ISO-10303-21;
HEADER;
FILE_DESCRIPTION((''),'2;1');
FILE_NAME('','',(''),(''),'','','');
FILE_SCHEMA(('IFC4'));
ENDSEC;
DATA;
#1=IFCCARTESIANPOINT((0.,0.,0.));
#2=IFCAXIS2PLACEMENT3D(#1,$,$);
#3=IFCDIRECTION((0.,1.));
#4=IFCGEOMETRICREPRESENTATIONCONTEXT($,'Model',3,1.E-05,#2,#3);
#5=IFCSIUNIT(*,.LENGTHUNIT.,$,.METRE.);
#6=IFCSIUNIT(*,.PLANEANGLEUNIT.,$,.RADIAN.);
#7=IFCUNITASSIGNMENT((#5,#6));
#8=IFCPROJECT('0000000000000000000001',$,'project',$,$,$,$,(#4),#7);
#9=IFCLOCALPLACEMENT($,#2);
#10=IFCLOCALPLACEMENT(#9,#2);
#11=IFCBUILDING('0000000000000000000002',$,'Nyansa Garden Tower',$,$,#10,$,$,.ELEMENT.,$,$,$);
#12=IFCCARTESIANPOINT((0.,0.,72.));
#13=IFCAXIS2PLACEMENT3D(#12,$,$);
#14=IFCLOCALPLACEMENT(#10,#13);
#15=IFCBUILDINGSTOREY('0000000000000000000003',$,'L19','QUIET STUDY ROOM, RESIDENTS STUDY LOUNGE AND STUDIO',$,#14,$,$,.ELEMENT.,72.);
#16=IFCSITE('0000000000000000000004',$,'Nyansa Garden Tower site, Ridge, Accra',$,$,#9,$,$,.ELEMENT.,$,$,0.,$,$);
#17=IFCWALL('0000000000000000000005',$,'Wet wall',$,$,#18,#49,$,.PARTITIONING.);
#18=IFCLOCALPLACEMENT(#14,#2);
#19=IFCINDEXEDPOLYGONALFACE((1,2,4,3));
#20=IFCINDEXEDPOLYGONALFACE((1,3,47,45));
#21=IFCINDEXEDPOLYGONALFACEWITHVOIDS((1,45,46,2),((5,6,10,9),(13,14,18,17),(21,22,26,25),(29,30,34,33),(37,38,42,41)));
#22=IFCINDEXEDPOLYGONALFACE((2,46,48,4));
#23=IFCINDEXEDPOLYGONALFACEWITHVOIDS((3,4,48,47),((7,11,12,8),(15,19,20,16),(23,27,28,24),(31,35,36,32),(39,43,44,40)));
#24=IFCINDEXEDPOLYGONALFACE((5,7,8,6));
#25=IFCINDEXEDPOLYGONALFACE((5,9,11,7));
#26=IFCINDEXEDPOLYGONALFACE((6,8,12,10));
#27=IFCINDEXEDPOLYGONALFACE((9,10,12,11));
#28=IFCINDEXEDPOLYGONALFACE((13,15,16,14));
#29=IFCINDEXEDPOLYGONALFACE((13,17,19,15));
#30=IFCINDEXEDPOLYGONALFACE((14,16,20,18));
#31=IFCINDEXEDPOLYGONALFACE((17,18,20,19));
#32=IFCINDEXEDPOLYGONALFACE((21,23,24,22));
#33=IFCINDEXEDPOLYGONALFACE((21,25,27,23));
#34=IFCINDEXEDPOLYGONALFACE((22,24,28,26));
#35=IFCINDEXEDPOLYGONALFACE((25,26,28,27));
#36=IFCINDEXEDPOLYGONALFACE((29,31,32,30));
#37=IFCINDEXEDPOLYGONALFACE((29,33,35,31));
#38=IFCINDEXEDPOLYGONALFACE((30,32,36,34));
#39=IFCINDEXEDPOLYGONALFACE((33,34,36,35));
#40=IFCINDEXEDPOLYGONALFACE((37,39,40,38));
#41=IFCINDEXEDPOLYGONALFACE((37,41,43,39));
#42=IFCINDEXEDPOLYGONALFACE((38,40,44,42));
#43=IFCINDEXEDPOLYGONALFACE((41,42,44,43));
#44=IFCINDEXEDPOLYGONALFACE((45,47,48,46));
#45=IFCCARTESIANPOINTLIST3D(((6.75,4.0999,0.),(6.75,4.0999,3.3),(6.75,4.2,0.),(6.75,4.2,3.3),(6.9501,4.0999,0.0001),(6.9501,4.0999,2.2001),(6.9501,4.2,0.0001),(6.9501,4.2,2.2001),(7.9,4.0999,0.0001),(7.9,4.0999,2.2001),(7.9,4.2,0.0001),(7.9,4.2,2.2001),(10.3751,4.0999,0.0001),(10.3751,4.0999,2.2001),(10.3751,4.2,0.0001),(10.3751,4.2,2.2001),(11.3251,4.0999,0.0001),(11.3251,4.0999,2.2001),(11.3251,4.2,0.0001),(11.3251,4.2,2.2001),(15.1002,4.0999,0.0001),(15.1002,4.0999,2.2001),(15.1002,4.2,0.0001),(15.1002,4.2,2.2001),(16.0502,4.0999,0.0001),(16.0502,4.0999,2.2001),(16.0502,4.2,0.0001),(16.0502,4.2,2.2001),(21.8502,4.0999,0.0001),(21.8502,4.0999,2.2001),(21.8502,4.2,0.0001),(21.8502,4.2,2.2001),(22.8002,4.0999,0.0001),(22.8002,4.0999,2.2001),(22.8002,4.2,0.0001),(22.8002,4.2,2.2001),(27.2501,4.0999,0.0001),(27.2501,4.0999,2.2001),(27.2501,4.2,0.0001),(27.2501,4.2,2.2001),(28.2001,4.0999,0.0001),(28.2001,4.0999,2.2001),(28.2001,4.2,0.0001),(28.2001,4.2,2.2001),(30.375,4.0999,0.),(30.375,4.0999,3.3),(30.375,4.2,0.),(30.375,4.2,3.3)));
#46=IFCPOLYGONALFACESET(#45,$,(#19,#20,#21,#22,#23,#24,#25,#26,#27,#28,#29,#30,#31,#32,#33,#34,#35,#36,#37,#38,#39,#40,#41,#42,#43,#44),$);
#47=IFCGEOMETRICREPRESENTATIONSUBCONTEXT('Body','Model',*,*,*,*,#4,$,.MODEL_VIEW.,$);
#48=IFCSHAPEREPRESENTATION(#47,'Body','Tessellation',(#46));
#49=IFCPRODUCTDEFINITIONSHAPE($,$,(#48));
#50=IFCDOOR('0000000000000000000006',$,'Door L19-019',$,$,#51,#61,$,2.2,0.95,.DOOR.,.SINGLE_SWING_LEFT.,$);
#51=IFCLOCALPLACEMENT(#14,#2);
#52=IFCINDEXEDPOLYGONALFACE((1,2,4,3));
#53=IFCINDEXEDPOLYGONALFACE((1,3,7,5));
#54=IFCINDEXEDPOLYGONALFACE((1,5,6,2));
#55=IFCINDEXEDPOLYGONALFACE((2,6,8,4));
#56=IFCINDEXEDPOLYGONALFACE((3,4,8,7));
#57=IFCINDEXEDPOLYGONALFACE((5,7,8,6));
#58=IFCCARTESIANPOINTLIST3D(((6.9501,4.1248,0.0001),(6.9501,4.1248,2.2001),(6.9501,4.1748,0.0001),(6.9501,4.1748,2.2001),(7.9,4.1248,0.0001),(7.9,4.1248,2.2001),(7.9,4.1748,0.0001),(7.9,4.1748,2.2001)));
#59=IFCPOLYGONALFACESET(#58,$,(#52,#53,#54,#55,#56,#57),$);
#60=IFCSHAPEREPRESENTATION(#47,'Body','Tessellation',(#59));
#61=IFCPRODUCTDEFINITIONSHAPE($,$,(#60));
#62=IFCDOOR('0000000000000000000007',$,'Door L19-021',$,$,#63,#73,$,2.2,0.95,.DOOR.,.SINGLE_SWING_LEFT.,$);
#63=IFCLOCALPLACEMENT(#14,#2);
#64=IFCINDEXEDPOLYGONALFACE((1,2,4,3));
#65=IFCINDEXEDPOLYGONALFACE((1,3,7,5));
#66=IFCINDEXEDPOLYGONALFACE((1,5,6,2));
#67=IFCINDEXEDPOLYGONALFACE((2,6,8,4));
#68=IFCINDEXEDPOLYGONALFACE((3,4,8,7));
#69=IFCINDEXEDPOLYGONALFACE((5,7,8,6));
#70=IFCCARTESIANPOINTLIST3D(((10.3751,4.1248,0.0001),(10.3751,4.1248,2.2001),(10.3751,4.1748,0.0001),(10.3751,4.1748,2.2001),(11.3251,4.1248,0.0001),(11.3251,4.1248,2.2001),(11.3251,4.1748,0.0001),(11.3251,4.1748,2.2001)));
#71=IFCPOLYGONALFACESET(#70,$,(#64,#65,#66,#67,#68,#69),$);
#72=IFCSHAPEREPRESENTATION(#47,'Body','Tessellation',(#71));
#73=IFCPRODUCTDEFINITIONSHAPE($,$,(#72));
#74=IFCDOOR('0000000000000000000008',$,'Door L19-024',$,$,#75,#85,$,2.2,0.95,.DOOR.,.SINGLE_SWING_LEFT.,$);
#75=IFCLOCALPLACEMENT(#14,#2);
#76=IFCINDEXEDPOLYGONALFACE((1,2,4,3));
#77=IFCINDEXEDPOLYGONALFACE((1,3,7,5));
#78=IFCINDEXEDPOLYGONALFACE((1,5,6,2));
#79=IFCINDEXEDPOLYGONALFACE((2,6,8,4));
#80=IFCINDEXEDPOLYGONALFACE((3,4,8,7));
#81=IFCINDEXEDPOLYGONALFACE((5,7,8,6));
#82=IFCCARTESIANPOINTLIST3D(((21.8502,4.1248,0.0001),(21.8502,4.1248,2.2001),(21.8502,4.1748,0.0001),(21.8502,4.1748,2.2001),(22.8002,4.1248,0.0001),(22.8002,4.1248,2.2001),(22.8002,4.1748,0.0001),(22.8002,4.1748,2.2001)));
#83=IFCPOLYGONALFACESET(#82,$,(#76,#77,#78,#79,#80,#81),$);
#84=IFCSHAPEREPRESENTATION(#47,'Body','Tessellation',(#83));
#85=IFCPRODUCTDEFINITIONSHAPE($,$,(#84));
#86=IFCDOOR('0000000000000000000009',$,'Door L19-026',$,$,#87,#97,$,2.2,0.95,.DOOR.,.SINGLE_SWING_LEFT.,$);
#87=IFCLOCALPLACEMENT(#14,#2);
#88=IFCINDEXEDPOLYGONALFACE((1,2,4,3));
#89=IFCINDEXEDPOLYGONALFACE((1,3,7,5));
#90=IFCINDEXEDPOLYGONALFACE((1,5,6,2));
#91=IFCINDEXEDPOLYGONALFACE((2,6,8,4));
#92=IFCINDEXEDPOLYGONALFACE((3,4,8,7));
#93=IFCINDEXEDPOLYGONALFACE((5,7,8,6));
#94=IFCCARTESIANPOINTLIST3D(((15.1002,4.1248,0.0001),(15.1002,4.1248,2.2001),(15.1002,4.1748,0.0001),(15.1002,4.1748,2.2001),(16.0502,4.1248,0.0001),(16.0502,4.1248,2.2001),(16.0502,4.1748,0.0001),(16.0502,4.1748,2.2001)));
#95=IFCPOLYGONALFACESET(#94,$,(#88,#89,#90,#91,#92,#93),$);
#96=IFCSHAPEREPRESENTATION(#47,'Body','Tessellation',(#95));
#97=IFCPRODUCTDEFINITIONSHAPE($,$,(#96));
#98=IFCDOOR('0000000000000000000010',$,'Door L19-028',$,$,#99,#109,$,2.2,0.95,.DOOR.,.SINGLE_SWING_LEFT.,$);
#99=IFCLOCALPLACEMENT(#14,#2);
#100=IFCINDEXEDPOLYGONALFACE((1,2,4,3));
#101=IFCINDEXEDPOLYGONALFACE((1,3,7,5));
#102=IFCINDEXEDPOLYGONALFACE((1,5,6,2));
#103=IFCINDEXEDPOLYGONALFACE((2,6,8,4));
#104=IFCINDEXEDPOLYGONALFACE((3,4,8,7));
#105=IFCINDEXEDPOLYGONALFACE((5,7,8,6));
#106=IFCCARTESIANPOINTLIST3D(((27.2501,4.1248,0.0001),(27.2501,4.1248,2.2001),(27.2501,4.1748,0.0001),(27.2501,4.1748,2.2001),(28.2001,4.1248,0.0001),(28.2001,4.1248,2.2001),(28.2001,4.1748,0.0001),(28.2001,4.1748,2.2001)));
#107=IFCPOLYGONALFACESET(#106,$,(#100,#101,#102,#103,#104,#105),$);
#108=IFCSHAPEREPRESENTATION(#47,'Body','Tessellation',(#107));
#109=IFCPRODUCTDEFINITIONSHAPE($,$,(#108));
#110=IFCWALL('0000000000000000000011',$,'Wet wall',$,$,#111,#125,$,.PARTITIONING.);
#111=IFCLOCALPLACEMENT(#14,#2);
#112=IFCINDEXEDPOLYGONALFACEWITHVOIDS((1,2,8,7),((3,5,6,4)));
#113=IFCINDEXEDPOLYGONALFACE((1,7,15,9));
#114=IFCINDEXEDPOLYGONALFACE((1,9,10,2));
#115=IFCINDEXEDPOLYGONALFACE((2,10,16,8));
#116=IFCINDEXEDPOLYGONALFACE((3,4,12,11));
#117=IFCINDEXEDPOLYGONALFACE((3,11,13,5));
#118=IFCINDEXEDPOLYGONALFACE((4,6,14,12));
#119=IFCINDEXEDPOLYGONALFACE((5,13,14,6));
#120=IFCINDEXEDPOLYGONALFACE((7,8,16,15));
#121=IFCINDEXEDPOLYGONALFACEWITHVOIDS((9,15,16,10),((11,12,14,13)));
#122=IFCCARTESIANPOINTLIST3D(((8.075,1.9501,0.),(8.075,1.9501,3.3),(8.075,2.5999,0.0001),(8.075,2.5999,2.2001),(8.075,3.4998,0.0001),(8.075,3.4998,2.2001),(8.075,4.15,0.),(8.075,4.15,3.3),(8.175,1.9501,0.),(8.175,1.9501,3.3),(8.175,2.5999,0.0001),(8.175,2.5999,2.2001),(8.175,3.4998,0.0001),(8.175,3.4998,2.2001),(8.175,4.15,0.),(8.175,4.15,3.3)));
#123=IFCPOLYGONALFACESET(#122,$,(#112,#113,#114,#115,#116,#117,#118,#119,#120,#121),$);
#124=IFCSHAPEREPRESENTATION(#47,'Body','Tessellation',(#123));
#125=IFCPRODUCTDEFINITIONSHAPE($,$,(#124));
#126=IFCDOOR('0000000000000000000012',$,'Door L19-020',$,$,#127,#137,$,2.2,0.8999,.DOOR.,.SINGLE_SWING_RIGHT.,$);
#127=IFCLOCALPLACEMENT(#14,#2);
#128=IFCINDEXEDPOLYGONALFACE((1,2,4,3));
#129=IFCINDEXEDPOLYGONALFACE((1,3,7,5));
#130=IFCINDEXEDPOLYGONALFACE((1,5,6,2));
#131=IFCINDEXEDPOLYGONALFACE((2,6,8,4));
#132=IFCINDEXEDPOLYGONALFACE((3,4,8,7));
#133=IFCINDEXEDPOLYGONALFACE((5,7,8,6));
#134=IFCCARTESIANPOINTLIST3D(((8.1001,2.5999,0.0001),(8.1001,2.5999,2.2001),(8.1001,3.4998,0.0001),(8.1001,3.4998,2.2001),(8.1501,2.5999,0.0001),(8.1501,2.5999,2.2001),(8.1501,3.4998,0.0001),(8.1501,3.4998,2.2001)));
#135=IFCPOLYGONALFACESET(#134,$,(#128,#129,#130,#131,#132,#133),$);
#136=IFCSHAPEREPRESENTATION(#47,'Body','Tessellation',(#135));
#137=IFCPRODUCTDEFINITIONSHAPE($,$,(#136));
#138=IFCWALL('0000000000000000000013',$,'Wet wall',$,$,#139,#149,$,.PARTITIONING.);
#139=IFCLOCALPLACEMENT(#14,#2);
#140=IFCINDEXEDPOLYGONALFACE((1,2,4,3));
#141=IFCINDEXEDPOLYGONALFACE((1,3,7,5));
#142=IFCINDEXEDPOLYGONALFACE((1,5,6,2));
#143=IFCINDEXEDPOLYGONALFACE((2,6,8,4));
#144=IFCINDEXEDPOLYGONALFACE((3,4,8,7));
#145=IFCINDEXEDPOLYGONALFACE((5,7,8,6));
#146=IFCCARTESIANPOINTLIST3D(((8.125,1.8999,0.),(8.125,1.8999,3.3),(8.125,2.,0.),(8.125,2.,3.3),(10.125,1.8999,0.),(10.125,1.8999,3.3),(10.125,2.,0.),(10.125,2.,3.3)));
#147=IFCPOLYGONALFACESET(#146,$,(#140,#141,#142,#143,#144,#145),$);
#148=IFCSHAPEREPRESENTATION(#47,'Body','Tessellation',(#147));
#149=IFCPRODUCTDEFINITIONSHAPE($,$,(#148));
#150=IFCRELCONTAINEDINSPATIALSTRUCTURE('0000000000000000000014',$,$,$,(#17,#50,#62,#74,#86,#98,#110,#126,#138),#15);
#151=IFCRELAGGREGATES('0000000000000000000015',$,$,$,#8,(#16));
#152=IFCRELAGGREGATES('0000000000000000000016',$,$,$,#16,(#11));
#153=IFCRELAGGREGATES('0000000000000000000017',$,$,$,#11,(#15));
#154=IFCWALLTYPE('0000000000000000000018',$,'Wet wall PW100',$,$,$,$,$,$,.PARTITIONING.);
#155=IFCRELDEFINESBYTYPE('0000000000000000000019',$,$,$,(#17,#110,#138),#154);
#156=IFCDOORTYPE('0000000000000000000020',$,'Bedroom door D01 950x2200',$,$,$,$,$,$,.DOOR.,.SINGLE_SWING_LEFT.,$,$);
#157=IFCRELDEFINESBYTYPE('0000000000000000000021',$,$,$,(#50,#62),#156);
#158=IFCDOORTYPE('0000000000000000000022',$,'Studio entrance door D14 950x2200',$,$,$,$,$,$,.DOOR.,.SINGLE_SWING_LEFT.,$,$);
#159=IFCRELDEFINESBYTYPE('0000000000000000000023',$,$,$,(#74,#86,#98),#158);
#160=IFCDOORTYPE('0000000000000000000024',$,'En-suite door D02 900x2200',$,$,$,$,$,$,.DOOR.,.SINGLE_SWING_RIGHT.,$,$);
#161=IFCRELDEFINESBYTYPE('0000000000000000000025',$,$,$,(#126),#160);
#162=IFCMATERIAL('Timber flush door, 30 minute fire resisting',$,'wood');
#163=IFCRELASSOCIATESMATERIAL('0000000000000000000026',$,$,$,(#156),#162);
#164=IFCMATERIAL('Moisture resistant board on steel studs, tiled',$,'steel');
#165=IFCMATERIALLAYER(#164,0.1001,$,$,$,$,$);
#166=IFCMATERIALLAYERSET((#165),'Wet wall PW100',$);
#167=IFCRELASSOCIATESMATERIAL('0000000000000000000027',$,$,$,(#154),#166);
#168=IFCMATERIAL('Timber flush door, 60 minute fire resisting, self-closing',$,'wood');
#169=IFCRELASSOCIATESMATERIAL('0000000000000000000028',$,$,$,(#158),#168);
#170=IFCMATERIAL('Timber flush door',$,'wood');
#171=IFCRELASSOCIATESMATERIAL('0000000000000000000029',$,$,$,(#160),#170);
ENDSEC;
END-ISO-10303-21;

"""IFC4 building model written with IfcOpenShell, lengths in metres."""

from ifc_helpers import new_model, si_unit, direction, frame, frame_2d, origin, place, context, subcontext, project, spatial, rectangle, extrude, material, layer, layer_set, type_object, element, fill, save


model = new_model("IFC4")

# Units and contexts
model_context = context("Model", 3, precision=1e-05, world=origin(), true_north=direction((0.0, 1.0)))
body_context = subcontext(model_context, "Body", "Model", "MODEL_VIEW")
ifc_project = project(units=[si_unit("LENGTHUNIT", "METRE"), si_unit("PLANEANGLEUNIT", "RADIAN")], contexts=[model_context])

# Site, building, storey
site_placement = place(None, origin())
site = spatial("IfcSite", under=ifc_project, at=site_placement, Name="Nyansa Garden Tower site, Ridge, Accra", CompositionType="ELEMENT", RefElevation=0.0)
building_placement = place(site_placement, origin())
building = spatial("IfcBuilding", under=site, at=building_placement, Name="Nyansa Garden Tower", CompositionType="ELEMENT")
storey_placement = place(building_placement, frame((0.0, 0.0, 72.0)))
storey = spatial("IfcBuildingStorey", under=building, at=storey_placement, Name="L19", Description="QUIET STUDY ROOM, RESIDENTS STUDY LOUNGE AND STUDIO", CompositionType="ELEMENT", Elevation=72.0)

# Shared definitions
ifc_material_1 = material(Name="Timber flush door, 30 minute fire resisting", Category="wood")
door_type_1 = type_object("IfcDoorType", Name="Bedroom door D01 950x2200", OperationType="SINGLE_SWING_LEFT", PredefinedType="DOOR", material=ifc_material_1)

# Wall, openings, doors
ifc_material_2 = material(Name="Moisture resistant board on steel studs, tiled", Category="steel")
ifc_layer_1 = layer(ifc_material_2, 0.1001)
ifc_layer_set_1 = layer_set([ifc_layer_1], Name="Wet wall PW100")
wall_type_1 = type_object("IfcWallType", Name="Wet wall PW100", PredefinedType="PARTITIONING", material=ifc_layer_set_1)
wall_1_placement = place(storey_placement, frame((6.75, 4.1499, 0.0), z_axis=(0.0, 0.0, 1.0), x_axis=(1.0, 0.0, 0.0)))
wall_1 = element("IfcWall", 1, at=wall_1_placement, inside=storey, type_object=wall_type_1, Name="Wet wall", PredefinedType="PARTITIONING", context=body_context, shape_type="SweptSolid", body=[
    extrude(rectangle(XDim=23.625, YDim=0.1001, at=frame_2d((11.8125, 0.0))), origin(), (0.0, 0.0, 1.0), 3.3),
])
opening_1_placement = place(wall_1_placement, frame((0.2, 0.0, 0.0)))
opening_1 = element("IfcOpeningElement", 2, at=opening_1_placement, cuts=wall_1, PredefinedType="OPENING", context=body_context, shape_type="SweptSolid", body=[
    extrude(rectangle(XDim=0.95, YDim=2.2, at=frame_2d((0.4751, 1.1001))), frame((0.0, 0.0601, 0.0), z_axis=(0.0, -1.0, 0.0), x_axis=(1.0, 0.0, 0.0)), (0.0, 0.0, 1.0), 0.1201),
])
opening_2_placement = place(wall_1_placement, frame((3.625, 0.0, 0.0)))
opening_2 = element("IfcOpeningElement", 3, at=opening_2_placement, cuts=wall_1, PredefinedType="OPENING", context=body_context, shape_type="SweptSolid", body=[
    extrude(rectangle(XDim=0.95, YDim=2.2, at=frame_2d((0.4751, 1.1001))), frame((0.0, 0.0601, 0.0), z_axis=(0.0, -1.0, 0.0), x_axis=(1.0, 0.0, 0.0)), (0.0, 0.0, 1.0), 0.1201),
])
opening_3_placement = place(wall_1_placement, frame((15.1001, 0.0, 0.0)))
opening_3 = element("IfcOpeningElement", 4, at=opening_3_placement, cuts=wall_1, PredefinedType="OPENING", context=body_context, shape_type="SweptSolid", body=[
    extrude(rectangle(XDim=0.95, YDim=2.2, at=frame_2d((0.4751, 1.1001))), frame((0.0, 0.0601, 0.0), z_axis=(0.0, -1.0, 0.0), x_axis=(1.0, 0.0, 0.0)), (0.0, 0.0, 1.0), 0.1201),
])
opening_4_placement = place(wall_1_placement, frame((8.3501, 0.0, 0.0)))
opening_4 = element("IfcOpeningElement", 5, at=opening_4_placement, cuts=wall_1, PredefinedType="OPENING", context=body_context, shape_type="SweptSolid", body=[
    extrude(rectangle(XDim=0.95, YDim=2.2, at=frame_2d((0.4751, 1.1001))), frame((0.0, 0.0601, 0.0), z_axis=(0.0, -1.0, 0.0), x_axis=(1.0, 0.0, 0.0)), (0.0, 0.0, 1.0), 0.1201),
])
opening_5_placement = place(wall_1_placement, frame((20.5, 0.0, 0.0)))
opening_5 = element("IfcOpeningElement", 6, at=opening_5_placement, cuts=wall_1, PredefinedType="OPENING", context=body_context, shape_type="SweptSolid", body=[
    extrude(rectangle(XDim=0.95, YDim=2.2, at=frame_2d((0.4751, 1.1001))), frame((0.0, 0.0601, 0.0), z_axis=(0.0, -1.0, 0.0), x_axis=(1.0, 0.0, 0.0)), (0.0, 0.0, 1.0), 0.1201),
])
door_1_placement = place(opening_1_placement, origin())
door_1 = element("IfcDoor", 7, at=door_1_placement, inside=storey, type_object=door_type_1, Name="Door L19-019", OperationType="SINGLE_SWING_LEFT", OverallHeight=2.2, OverallWidth=0.95, PredefinedType="DOOR", context=body_context, shape_type="SweptSolid", body=[
    extrude(rectangle(XDim=0.95, YDim=2.2, at=frame_2d((0.4751, 1.1001))), frame((0.0, 0.0249, 0.0), z_axis=(0.0, -1.0, 0.0), x_axis=(1.0, 0.0, 0.0)), (0.0, 0.0, 1.0), 0.05),
])
fill(opening_1, door_1)
door_2_placement = place(opening_2_placement, origin())
door_2 = element("IfcDoor", 8, at=door_2_placement, inside=storey, type_object=door_type_1, Name="Door L19-021", OperationType="SINGLE_SWING_LEFT", OverallHeight=2.2, OverallWidth=0.95, PredefinedType="DOOR", context=body_context, shape_type="SweptSolid", body=[
    extrude(rectangle(XDim=0.95, YDim=2.2, at=frame_2d((0.4751, 1.1001))), frame((0.0, 0.0249, 0.0), z_axis=(0.0, -1.0, 0.0), x_axis=(1.0, 0.0, 0.0)), (0.0, 0.0, 1.0), 0.05),
])
fill(opening_2, door_2)
ifc_material_3 = material(Name="Timber flush door, 60 minute fire resisting, self-closing", Category="wood")
door_type_2 = type_object("IfcDoorType", Name="Studio entrance door D14 950x2200", OperationType="SINGLE_SWING_LEFT", PredefinedType="DOOR", material=ifc_material_3)
door_3_placement = place(opening_3_placement, origin())
door_3 = element("IfcDoor", 9, at=door_3_placement, inside=storey, type_object=door_type_2, Name="Door L19-024", OperationType="SINGLE_SWING_LEFT", OverallHeight=2.2, OverallWidth=0.95, PredefinedType="DOOR", context=body_context, shape_type="SweptSolid", body=[
    extrude(rectangle(XDim=0.95, YDim=2.2, at=frame_2d((0.4751, 1.1001))), frame((0.0, 0.0249, 0.0), z_axis=(0.0, -1.0, 0.0), x_axis=(1.0, 0.0, 0.0)), (0.0, 0.0, 1.0), 0.05),
])
fill(opening_3, door_3)
door_4_placement = place(opening_4_placement, origin())
door_4 = element("IfcDoor", 10, at=door_4_placement, inside=storey, type_object=door_type_2, Name="Door L19-026", OperationType="SINGLE_SWING_LEFT", OverallHeight=2.2, OverallWidth=0.95, PredefinedType="DOOR", context=body_context, shape_type="SweptSolid", body=[
    extrude(rectangle(XDim=0.95, YDim=2.2, at=frame_2d((0.4751, 1.1001))), frame((0.0, 0.0249, 0.0), z_axis=(0.0, -1.0, 0.0), x_axis=(1.0, 0.0, 0.0)), (0.0, 0.0, 1.0), 0.05),
])
fill(opening_4, door_4)
door_5_placement = place(opening_5_placement, origin())
door_5 = element("IfcDoor", 11, at=door_5_placement, inside=storey, type_object=door_type_2, Name="Door L19-028", OperationType="SINGLE_SWING_LEFT", OverallHeight=2.2, OverallWidth=0.95, PredefinedType="DOOR", context=body_context, shape_type="SweptSolid", body=[
    extrude(rectangle(XDim=0.95, YDim=2.2, at=frame_2d((0.4751, 1.1001))), frame((0.0, 0.0249, 0.0), z_axis=(0.0, -1.0, 0.0), x_axis=(1.0, 0.0, 0.0)), (0.0, 0.0, 1.0), 0.05),
])
fill(opening_5, door_5)

# Wall, opening, door
wall_2_placement = place(storey_placement, frame((8.125, 1.95, 0.0), z_axis=(0.0, 0.0, 1.0), x_axis=(0.0, 1.0, 0.0)))
wall_2 = element("IfcWall", 12, at=wall_2_placement, inside=storey, type_object=wall_type_1, Name="Wet wall", PredefinedType="PARTITIONING", context=body_context, shape_type="SweptSolid", body=[
    extrude(rectangle(XDim=2.2, YDim=0.1001, at=frame_2d((1.1001, 0.0))), origin(), (0.0, 0.0, 1.0), 3.3),
])
opening_6_placement = place(wall_2_placement, frame((0.6499, 0.0, 0.0)))
opening_6 = element("IfcOpeningElement", 13, at=opening_6_placement, cuts=wall_2, PredefinedType="OPENING", context=body_context, shape_type="SweptSolid", body=[
    extrude(rectangle(XDim=0.8999, YDim=2.2, at=frame_2d((0.45, 1.1001))), frame((0.0, 0.0601, 0.0), z_axis=(0.0, -1.0, 0.0), x_axis=(1.0, 0.0, 0.0)), (0.0, 0.0, 1.0), 0.1201),
])
ifc_material_4 = material(Name="Timber flush door", Category="wood")
door_type_3 = type_object("IfcDoorType", Name="En-suite door D02 900x2200", OperationType="SINGLE_SWING_RIGHT", PredefinedType="DOOR", material=ifc_material_4)
door_6_placement = place(opening_6_placement, origin())
door_6 = element("IfcDoor", 14, at=door_6_placement, inside=storey, type_object=door_type_3, Name="Door L19-020", OperationType="SINGLE_SWING_RIGHT", OverallHeight=2.2, OverallWidth=0.8999, PredefinedType="DOOR", context=body_context, shape_type="SweptSolid", body=[
    extrude(rectangle(XDim=0.8999, YDim=2.2, at=frame_2d((0.45, 1.1001))), frame((0.0, 0.0249, 0.0), z_axis=(0.0, -1.0, 0.0), x_axis=(1.0, 0.0, 0.0)), (0.0, 0.0, 1.0), 0.05),
])
fill(opening_6, door_6)

# Wall
wall_3_placement = place(storey_placement, frame((8.125, 1.95, 0.0), z_axis=(0.0, 0.0, 1.0), x_axis=(1.0, 0.0, 0.0)))
element("IfcWall", 15, at=wall_3_placement, inside=storey, type_object=wall_type_1, Name="Wet wall", PredefinedType="PARTITIONING", context=body_context, shape_type="SweptSolid", body=[
    extrude(rectangle(XDim=2.0, YDim=0.1001, at=frame_2d((1.0, 0.0))), origin(), (0.0, 0.0, 1.0), 3.3),
])

save(model, "model.ifc")
